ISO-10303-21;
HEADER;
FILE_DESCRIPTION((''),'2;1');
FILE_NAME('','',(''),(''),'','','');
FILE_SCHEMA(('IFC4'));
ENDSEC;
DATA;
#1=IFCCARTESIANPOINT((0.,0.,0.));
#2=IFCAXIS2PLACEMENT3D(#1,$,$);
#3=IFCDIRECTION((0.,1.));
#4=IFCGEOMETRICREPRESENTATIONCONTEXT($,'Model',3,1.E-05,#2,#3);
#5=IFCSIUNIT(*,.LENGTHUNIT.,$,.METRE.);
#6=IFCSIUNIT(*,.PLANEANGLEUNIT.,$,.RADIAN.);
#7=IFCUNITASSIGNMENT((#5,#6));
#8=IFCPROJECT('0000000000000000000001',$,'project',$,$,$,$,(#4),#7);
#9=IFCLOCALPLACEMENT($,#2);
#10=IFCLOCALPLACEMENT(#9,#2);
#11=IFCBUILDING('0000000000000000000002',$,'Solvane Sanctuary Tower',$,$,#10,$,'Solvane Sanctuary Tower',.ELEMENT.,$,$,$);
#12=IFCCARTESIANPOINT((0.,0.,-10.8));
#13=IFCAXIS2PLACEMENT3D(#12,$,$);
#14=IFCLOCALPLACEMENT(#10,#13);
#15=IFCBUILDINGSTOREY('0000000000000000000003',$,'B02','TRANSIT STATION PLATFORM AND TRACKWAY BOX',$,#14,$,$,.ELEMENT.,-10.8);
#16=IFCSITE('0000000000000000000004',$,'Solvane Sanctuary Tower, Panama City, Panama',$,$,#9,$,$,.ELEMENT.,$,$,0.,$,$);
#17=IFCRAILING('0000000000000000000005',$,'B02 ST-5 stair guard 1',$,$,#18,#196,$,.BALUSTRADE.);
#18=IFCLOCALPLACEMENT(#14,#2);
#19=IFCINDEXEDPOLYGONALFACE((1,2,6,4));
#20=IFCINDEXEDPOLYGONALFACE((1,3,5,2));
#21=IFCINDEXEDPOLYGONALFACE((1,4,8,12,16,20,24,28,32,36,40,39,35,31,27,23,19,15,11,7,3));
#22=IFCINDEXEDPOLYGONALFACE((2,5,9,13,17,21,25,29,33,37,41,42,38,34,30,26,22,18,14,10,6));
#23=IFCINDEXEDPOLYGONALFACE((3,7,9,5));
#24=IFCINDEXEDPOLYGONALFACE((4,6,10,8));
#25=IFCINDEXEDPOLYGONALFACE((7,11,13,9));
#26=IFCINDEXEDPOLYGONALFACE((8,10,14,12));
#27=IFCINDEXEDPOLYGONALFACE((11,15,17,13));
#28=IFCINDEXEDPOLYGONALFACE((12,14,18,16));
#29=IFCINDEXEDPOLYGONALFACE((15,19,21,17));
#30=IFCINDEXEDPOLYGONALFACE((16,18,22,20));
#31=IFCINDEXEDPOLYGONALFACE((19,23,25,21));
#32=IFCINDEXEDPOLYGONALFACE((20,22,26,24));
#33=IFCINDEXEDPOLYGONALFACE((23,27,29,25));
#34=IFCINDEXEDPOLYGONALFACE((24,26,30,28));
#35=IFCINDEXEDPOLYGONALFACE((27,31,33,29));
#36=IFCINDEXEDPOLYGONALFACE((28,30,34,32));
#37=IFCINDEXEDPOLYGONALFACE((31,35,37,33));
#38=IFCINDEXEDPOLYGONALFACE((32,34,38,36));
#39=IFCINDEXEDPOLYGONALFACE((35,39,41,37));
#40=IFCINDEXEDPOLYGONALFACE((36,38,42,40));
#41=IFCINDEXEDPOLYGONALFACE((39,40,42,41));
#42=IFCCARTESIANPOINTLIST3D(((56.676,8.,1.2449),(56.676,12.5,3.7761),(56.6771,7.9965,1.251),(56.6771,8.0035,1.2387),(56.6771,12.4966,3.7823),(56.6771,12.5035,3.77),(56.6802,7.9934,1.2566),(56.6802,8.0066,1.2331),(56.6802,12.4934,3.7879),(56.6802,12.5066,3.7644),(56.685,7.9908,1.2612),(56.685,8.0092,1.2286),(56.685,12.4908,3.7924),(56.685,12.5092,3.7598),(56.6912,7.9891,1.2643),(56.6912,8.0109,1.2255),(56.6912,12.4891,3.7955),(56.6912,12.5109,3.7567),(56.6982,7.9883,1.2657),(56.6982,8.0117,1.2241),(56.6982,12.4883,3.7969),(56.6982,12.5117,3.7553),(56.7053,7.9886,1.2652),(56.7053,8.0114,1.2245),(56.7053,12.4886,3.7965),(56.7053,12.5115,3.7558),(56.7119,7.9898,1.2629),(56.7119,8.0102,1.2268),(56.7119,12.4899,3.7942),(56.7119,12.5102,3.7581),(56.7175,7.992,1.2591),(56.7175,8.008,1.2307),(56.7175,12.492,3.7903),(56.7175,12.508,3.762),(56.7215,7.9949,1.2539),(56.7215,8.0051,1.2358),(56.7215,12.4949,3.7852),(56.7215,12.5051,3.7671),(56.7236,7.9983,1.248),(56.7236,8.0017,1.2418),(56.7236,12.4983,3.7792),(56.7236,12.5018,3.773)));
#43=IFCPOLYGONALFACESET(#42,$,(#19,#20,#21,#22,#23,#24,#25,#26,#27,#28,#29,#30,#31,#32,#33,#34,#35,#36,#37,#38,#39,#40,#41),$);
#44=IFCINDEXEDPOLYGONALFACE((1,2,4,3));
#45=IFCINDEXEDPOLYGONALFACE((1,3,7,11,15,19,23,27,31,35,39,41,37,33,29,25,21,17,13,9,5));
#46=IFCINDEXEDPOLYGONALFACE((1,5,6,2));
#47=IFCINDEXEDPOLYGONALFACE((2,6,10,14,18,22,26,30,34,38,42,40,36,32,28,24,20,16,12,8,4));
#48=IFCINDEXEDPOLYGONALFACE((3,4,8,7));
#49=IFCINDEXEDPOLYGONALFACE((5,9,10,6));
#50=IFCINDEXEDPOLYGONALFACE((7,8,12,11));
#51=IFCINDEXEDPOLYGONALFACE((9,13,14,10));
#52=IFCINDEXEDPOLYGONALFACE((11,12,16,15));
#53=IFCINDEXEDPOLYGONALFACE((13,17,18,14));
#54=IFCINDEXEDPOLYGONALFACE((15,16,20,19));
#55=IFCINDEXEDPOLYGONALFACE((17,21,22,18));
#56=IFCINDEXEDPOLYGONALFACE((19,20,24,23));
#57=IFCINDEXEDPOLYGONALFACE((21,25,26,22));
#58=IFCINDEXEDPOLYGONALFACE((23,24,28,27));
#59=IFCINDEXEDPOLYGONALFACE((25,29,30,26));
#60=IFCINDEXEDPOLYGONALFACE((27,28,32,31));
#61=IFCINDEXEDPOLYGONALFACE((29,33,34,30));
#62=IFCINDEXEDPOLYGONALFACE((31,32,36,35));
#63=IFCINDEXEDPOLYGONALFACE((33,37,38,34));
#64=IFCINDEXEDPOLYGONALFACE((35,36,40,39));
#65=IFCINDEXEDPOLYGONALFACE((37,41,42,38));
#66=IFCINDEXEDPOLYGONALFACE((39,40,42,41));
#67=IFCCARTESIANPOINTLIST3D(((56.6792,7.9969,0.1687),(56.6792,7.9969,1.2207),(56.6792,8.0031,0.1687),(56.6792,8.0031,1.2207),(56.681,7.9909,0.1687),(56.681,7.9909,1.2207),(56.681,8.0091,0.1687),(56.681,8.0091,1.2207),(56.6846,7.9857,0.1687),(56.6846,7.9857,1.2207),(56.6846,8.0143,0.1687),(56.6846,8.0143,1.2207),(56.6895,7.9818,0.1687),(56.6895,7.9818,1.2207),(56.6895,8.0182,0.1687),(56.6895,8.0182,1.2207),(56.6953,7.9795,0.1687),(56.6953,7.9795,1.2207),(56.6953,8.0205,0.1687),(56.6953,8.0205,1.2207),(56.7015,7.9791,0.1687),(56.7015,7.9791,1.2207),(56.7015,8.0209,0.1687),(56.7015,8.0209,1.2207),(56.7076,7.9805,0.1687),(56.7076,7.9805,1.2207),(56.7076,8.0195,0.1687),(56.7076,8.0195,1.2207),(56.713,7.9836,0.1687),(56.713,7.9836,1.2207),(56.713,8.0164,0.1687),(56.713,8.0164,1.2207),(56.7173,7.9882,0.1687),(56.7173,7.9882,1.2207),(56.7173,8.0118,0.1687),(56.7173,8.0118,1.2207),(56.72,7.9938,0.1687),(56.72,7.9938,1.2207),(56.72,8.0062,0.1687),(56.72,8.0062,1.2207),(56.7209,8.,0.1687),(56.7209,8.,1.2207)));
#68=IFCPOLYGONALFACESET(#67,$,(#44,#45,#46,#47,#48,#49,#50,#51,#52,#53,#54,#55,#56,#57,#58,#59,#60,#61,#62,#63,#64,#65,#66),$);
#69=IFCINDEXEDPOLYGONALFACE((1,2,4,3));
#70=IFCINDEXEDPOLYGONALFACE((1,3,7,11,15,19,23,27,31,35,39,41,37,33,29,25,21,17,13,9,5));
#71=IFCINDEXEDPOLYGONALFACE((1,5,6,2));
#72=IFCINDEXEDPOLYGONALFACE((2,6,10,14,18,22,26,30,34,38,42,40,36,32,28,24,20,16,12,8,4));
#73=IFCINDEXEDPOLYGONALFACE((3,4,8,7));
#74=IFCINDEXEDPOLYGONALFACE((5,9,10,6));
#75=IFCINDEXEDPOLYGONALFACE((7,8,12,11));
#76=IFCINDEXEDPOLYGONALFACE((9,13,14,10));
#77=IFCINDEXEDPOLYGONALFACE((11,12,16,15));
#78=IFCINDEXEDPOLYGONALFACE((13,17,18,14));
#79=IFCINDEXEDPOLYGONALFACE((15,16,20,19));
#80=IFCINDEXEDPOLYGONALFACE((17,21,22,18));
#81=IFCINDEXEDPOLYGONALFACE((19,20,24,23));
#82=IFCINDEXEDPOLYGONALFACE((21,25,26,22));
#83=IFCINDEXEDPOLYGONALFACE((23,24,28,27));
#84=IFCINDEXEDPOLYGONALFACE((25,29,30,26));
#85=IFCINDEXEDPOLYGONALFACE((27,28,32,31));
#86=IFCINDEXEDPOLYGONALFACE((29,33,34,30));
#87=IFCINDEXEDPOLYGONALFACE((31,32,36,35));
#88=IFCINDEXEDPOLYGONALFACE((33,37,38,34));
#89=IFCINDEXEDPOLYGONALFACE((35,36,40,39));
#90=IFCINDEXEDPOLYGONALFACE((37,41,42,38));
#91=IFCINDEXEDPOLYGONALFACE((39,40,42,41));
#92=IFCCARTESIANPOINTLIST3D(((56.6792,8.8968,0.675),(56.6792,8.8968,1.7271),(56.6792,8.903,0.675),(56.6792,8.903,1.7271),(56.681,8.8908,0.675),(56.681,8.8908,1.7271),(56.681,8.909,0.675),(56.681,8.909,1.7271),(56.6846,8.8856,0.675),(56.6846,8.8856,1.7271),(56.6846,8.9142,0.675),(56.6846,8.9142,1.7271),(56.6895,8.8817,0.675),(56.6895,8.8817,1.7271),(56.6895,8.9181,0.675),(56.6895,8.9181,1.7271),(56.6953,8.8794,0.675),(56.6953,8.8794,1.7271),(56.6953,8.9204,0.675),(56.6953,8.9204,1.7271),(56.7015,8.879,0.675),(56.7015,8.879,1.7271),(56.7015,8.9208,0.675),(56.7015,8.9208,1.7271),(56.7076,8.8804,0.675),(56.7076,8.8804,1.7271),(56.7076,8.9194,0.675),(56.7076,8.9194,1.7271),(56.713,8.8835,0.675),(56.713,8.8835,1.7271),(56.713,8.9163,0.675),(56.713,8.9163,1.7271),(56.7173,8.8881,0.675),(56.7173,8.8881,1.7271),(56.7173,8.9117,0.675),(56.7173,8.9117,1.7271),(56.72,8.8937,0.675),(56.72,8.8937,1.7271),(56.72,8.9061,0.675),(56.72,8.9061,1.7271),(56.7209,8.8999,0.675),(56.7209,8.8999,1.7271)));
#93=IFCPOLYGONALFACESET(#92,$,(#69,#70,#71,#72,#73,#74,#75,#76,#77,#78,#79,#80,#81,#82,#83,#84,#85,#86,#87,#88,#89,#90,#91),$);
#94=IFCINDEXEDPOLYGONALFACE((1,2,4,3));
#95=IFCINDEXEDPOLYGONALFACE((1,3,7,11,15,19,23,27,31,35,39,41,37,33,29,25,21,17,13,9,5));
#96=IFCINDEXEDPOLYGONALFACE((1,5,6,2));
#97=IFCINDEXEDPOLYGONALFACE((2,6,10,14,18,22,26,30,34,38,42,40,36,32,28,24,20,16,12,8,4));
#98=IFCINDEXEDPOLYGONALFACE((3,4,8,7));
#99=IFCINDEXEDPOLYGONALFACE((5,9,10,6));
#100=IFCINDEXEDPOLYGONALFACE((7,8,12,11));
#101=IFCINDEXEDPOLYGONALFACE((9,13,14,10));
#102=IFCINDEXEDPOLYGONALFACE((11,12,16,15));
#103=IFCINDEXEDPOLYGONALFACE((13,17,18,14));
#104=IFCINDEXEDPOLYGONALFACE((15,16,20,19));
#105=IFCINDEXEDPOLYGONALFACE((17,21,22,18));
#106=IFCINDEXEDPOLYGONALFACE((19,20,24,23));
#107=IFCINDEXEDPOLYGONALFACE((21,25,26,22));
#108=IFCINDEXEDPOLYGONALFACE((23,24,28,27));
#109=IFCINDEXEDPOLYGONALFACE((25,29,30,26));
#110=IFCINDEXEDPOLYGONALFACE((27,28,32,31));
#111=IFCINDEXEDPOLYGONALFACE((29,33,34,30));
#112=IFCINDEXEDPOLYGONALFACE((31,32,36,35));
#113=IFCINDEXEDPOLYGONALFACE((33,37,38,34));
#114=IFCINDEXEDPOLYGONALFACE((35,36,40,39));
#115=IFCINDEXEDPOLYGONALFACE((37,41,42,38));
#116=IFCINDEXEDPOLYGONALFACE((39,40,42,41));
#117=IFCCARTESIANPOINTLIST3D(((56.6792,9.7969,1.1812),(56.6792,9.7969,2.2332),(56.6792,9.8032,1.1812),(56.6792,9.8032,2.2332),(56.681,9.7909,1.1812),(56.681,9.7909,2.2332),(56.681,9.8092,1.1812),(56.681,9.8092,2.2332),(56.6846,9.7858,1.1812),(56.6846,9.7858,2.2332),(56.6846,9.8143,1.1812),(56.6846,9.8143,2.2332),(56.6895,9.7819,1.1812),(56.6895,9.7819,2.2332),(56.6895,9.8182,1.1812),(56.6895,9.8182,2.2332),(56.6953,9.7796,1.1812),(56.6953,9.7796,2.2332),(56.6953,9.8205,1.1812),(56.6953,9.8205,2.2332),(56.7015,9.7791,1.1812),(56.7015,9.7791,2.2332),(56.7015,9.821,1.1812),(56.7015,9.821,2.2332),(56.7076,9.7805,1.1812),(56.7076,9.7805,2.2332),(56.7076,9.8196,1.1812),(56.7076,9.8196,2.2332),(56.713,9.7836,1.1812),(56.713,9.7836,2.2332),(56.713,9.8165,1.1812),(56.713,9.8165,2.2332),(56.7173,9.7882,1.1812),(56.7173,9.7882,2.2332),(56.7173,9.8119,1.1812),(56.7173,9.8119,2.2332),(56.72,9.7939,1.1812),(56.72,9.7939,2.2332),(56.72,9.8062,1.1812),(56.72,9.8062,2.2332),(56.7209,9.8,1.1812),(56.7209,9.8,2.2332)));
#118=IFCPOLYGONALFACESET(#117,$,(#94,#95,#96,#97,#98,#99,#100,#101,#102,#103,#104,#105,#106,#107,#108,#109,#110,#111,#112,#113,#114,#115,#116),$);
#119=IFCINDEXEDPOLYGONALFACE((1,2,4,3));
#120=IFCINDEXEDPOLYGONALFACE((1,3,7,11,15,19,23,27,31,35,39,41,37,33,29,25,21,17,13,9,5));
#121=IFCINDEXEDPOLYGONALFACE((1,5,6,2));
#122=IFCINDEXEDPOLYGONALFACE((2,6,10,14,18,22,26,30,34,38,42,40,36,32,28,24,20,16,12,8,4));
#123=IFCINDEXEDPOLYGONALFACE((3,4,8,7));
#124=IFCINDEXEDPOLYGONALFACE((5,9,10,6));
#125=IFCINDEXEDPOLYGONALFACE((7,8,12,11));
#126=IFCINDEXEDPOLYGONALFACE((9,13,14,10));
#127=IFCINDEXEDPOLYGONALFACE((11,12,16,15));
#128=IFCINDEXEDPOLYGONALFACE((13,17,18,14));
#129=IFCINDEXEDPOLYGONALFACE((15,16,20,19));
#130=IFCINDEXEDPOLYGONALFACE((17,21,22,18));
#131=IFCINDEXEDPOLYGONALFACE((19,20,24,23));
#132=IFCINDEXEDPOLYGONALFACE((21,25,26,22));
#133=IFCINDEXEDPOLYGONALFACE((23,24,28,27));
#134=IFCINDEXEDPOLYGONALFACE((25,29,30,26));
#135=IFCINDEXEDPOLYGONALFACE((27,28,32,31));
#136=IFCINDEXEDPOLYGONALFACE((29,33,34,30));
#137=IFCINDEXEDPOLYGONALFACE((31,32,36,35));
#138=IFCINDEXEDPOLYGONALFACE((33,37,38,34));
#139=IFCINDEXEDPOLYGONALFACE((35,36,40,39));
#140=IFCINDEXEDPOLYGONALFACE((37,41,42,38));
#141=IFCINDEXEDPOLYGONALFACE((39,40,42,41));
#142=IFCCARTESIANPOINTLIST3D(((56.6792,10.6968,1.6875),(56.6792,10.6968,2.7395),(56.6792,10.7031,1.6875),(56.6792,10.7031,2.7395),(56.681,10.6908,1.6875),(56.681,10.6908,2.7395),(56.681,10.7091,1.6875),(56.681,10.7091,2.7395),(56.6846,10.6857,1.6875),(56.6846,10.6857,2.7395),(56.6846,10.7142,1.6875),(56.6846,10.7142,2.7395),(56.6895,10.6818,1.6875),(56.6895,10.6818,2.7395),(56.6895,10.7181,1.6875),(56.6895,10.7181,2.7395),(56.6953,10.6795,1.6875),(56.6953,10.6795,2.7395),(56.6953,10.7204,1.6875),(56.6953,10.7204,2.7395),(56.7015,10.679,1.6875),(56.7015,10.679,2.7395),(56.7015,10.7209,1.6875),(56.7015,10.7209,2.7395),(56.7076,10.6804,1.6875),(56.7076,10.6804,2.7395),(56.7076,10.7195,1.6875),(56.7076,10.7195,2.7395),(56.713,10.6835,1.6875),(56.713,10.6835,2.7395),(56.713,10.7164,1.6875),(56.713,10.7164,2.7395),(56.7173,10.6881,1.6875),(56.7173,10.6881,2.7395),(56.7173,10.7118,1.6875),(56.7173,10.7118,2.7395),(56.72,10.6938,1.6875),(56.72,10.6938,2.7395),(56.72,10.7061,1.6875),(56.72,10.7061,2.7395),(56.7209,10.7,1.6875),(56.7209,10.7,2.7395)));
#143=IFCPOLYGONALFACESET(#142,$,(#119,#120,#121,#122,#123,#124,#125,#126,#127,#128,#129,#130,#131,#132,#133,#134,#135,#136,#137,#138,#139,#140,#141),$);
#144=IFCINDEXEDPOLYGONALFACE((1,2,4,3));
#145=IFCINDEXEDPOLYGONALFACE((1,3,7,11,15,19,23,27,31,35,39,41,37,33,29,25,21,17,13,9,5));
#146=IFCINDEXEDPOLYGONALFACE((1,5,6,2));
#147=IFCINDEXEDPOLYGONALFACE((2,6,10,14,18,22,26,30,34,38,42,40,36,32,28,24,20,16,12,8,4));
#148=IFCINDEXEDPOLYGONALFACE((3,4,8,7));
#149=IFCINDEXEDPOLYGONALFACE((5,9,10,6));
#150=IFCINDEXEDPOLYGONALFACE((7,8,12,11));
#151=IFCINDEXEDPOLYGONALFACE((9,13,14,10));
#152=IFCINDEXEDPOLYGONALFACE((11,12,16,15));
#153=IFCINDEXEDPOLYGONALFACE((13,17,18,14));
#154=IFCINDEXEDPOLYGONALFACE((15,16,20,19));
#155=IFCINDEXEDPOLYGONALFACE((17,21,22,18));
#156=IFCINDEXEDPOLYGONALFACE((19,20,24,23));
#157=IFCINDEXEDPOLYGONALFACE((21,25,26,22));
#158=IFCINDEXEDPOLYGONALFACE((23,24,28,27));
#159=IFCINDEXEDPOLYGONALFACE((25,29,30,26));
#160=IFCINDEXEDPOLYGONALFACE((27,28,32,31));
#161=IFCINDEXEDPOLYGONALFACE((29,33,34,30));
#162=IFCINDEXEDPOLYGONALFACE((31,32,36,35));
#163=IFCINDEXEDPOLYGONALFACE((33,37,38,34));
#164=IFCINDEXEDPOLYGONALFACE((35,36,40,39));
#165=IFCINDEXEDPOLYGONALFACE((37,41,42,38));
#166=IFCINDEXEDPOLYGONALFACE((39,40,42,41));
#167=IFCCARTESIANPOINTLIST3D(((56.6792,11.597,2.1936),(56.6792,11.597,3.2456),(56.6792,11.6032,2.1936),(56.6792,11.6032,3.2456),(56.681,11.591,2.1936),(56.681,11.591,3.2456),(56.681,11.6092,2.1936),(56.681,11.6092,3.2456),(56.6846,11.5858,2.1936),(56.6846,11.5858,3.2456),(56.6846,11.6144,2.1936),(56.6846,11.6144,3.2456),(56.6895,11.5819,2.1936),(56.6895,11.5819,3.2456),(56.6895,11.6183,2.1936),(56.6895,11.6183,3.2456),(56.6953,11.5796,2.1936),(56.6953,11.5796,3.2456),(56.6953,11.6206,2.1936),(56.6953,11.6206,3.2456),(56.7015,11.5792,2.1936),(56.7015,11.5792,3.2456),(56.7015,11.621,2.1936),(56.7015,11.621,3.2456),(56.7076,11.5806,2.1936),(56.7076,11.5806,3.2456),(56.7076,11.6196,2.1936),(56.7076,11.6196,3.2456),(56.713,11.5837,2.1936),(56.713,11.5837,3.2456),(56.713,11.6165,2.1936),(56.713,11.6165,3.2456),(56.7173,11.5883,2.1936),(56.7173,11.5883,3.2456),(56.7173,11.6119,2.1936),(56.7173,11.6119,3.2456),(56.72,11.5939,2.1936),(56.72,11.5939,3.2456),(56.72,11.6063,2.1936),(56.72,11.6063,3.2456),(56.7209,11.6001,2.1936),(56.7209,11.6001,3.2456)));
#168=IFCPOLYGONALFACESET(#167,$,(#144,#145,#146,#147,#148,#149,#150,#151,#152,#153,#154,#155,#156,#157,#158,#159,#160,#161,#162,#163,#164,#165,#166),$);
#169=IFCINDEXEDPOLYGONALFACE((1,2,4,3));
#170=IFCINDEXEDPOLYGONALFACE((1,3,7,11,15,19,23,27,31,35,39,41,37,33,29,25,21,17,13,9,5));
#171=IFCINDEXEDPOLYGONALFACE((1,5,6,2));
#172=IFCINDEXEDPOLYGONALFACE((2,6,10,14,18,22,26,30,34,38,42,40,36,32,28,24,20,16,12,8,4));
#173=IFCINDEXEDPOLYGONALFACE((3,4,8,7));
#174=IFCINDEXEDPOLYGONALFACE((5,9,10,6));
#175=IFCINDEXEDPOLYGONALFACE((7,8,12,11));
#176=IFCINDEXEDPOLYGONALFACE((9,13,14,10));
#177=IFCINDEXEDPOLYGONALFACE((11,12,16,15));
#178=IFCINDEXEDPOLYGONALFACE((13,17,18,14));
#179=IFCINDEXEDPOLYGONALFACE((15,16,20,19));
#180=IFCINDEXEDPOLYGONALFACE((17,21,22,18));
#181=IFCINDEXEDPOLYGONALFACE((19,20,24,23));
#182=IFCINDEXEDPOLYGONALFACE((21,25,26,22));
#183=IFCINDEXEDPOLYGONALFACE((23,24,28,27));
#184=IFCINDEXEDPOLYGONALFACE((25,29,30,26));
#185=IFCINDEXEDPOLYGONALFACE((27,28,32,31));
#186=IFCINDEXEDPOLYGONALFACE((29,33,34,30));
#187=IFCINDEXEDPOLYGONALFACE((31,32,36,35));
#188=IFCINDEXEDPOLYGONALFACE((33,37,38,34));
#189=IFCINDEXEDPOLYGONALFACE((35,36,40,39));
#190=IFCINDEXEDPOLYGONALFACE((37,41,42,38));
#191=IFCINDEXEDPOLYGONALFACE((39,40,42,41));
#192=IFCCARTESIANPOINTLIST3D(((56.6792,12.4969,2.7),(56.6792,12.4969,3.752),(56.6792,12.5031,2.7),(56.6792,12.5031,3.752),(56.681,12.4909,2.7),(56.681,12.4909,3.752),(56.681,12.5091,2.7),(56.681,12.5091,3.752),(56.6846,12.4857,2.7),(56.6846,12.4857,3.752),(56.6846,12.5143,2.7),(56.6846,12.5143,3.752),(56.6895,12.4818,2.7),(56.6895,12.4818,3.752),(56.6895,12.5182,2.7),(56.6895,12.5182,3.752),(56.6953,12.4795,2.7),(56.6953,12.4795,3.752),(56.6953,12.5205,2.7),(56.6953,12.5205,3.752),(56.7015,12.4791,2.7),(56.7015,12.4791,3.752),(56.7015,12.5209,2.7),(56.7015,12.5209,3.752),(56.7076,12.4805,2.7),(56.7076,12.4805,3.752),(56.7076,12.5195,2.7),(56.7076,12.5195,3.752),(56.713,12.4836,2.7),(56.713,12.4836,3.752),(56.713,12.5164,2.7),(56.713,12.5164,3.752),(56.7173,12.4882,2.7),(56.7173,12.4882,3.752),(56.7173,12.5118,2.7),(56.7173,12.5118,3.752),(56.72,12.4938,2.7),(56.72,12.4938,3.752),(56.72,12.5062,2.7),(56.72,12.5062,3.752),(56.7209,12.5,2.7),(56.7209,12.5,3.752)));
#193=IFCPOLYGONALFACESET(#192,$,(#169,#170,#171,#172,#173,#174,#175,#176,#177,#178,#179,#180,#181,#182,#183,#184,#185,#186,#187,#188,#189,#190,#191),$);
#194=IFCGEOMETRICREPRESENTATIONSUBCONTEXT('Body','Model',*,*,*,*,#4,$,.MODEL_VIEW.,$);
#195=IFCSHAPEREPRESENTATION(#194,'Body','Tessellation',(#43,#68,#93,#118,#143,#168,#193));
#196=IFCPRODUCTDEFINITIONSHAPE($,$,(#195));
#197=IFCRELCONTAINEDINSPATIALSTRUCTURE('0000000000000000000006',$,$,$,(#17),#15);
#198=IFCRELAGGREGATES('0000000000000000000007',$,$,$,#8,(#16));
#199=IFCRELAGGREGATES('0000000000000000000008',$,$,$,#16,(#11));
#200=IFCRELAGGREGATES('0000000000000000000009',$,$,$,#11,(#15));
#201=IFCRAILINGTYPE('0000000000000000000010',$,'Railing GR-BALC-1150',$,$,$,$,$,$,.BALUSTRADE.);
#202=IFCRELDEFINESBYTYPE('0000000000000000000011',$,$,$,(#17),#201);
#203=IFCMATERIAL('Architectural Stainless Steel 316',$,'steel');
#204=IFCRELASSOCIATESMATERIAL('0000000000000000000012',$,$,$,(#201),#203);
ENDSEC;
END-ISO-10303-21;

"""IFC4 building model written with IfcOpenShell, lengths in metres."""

from ifc_helpers import new_model, si_unit, direction, frame, origin, origin_2d, place, context, subcontext, project, spatial, circle, extrude, material, type_object, element, save


model = new_model("IFC4")

# Units and contexts
model_context = context("Model", 3, precision=1e-05, world=origin(), true_north=direction((0.0, 1.0)))
body_context = subcontext(model_context, "Body", "Model", "MODEL_VIEW")
ifc_project = project(units=[si_unit("LENGTHUNIT", "METRE"), si_unit("PLANEANGLEUNIT", "RADIAN")], contexts=[model_context])

# Site, building, storey
site_placement = place(None, origin())
site = spatial("IfcSite", under=ifc_project, at=site_placement, Name="Solvane Sanctuary Tower, Panama City, Panama", CompositionType="ELEMENT", RefElevation=0.0)
building_placement = place(site_placement, origin())
building = spatial("IfcBuilding", under=site, at=building_placement, Name="Solvane Sanctuary Tower", LongName="Solvane Sanctuary Tower", CompositionType="ELEMENT")
storey_placement = place(building_placement, frame((0.0, 0.0, -10.8)))
storey = spatial("IfcBuildingStorey", under=building, at=storey_placement, Name="B02", Description="TRANSIT STATION PLATFORM AND TRACKWAY BOX", CompositionType="ELEMENT", Elevation=-10.8)

# Shared definitions
ifc_material_1 = material(Name="Architectural Stainless Steel 316", Category="steel")

# Railing
railing_type_1 = type_object("IfcRailingType", Name="Railing GR-BALC-1150", PredefinedType="BALUSTRADE", material=ifc_material_1)
railing_1_placement = place(storey_placement, frame((56.7, 8.0, 0.1687)))
element("IfcRailing", 1, at=railing_1_placement, inside=storey, type_object=railing_type_1, Name="B02 ST-5 stair guard 1", PredefinedType="BALUSTRADE", context=body_context, shape_type="SweptSolid", body=[
    extrude(circle(Radius=0.0239, at=origin_2d()), frame((0.0, 0.0, 1.0762), z_axis=(0.0, 0.871576, 0.490261), x_axis=(-1.0, 0.0, 0.0)), (0.0, 0.0, 1.0), 5.1631),
    extrude(circle(Radius=0.021, at=origin_2d()), origin(), (0.0, 0.0, 1.0), 1.052),
    extrude(circle(Radius=0.021, at=origin_2d()), frame((0.0, 0.8999, 0.5063)), (0.0, 0.0, 1.0), 1.052),
    extrude(circle(Radius=0.021, at=origin_2d()), frame((0.0, 1.8, 1.0125)), (0.0, 0.0, 1.0), 1.052),
    extrude(circle(Radius=0.021, at=origin_2d()), frame((0.0, 2.7, 1.5188)), (0.0, 0.0, 1.0), 1.052),
    extrude(circle(Radius=0.021, at=origin_2d()), frame((0.0, 3.6001, 2.0249)), (0.0, 0.0, 1.0), 1.052),
    extrude(circle(Radius=0.021, at=origin_2d()), frame((0.0, 4.5, 2.5312)), (0.0, 0.0, 1.0), 1.052),
])

save(model, "model.ifc")
